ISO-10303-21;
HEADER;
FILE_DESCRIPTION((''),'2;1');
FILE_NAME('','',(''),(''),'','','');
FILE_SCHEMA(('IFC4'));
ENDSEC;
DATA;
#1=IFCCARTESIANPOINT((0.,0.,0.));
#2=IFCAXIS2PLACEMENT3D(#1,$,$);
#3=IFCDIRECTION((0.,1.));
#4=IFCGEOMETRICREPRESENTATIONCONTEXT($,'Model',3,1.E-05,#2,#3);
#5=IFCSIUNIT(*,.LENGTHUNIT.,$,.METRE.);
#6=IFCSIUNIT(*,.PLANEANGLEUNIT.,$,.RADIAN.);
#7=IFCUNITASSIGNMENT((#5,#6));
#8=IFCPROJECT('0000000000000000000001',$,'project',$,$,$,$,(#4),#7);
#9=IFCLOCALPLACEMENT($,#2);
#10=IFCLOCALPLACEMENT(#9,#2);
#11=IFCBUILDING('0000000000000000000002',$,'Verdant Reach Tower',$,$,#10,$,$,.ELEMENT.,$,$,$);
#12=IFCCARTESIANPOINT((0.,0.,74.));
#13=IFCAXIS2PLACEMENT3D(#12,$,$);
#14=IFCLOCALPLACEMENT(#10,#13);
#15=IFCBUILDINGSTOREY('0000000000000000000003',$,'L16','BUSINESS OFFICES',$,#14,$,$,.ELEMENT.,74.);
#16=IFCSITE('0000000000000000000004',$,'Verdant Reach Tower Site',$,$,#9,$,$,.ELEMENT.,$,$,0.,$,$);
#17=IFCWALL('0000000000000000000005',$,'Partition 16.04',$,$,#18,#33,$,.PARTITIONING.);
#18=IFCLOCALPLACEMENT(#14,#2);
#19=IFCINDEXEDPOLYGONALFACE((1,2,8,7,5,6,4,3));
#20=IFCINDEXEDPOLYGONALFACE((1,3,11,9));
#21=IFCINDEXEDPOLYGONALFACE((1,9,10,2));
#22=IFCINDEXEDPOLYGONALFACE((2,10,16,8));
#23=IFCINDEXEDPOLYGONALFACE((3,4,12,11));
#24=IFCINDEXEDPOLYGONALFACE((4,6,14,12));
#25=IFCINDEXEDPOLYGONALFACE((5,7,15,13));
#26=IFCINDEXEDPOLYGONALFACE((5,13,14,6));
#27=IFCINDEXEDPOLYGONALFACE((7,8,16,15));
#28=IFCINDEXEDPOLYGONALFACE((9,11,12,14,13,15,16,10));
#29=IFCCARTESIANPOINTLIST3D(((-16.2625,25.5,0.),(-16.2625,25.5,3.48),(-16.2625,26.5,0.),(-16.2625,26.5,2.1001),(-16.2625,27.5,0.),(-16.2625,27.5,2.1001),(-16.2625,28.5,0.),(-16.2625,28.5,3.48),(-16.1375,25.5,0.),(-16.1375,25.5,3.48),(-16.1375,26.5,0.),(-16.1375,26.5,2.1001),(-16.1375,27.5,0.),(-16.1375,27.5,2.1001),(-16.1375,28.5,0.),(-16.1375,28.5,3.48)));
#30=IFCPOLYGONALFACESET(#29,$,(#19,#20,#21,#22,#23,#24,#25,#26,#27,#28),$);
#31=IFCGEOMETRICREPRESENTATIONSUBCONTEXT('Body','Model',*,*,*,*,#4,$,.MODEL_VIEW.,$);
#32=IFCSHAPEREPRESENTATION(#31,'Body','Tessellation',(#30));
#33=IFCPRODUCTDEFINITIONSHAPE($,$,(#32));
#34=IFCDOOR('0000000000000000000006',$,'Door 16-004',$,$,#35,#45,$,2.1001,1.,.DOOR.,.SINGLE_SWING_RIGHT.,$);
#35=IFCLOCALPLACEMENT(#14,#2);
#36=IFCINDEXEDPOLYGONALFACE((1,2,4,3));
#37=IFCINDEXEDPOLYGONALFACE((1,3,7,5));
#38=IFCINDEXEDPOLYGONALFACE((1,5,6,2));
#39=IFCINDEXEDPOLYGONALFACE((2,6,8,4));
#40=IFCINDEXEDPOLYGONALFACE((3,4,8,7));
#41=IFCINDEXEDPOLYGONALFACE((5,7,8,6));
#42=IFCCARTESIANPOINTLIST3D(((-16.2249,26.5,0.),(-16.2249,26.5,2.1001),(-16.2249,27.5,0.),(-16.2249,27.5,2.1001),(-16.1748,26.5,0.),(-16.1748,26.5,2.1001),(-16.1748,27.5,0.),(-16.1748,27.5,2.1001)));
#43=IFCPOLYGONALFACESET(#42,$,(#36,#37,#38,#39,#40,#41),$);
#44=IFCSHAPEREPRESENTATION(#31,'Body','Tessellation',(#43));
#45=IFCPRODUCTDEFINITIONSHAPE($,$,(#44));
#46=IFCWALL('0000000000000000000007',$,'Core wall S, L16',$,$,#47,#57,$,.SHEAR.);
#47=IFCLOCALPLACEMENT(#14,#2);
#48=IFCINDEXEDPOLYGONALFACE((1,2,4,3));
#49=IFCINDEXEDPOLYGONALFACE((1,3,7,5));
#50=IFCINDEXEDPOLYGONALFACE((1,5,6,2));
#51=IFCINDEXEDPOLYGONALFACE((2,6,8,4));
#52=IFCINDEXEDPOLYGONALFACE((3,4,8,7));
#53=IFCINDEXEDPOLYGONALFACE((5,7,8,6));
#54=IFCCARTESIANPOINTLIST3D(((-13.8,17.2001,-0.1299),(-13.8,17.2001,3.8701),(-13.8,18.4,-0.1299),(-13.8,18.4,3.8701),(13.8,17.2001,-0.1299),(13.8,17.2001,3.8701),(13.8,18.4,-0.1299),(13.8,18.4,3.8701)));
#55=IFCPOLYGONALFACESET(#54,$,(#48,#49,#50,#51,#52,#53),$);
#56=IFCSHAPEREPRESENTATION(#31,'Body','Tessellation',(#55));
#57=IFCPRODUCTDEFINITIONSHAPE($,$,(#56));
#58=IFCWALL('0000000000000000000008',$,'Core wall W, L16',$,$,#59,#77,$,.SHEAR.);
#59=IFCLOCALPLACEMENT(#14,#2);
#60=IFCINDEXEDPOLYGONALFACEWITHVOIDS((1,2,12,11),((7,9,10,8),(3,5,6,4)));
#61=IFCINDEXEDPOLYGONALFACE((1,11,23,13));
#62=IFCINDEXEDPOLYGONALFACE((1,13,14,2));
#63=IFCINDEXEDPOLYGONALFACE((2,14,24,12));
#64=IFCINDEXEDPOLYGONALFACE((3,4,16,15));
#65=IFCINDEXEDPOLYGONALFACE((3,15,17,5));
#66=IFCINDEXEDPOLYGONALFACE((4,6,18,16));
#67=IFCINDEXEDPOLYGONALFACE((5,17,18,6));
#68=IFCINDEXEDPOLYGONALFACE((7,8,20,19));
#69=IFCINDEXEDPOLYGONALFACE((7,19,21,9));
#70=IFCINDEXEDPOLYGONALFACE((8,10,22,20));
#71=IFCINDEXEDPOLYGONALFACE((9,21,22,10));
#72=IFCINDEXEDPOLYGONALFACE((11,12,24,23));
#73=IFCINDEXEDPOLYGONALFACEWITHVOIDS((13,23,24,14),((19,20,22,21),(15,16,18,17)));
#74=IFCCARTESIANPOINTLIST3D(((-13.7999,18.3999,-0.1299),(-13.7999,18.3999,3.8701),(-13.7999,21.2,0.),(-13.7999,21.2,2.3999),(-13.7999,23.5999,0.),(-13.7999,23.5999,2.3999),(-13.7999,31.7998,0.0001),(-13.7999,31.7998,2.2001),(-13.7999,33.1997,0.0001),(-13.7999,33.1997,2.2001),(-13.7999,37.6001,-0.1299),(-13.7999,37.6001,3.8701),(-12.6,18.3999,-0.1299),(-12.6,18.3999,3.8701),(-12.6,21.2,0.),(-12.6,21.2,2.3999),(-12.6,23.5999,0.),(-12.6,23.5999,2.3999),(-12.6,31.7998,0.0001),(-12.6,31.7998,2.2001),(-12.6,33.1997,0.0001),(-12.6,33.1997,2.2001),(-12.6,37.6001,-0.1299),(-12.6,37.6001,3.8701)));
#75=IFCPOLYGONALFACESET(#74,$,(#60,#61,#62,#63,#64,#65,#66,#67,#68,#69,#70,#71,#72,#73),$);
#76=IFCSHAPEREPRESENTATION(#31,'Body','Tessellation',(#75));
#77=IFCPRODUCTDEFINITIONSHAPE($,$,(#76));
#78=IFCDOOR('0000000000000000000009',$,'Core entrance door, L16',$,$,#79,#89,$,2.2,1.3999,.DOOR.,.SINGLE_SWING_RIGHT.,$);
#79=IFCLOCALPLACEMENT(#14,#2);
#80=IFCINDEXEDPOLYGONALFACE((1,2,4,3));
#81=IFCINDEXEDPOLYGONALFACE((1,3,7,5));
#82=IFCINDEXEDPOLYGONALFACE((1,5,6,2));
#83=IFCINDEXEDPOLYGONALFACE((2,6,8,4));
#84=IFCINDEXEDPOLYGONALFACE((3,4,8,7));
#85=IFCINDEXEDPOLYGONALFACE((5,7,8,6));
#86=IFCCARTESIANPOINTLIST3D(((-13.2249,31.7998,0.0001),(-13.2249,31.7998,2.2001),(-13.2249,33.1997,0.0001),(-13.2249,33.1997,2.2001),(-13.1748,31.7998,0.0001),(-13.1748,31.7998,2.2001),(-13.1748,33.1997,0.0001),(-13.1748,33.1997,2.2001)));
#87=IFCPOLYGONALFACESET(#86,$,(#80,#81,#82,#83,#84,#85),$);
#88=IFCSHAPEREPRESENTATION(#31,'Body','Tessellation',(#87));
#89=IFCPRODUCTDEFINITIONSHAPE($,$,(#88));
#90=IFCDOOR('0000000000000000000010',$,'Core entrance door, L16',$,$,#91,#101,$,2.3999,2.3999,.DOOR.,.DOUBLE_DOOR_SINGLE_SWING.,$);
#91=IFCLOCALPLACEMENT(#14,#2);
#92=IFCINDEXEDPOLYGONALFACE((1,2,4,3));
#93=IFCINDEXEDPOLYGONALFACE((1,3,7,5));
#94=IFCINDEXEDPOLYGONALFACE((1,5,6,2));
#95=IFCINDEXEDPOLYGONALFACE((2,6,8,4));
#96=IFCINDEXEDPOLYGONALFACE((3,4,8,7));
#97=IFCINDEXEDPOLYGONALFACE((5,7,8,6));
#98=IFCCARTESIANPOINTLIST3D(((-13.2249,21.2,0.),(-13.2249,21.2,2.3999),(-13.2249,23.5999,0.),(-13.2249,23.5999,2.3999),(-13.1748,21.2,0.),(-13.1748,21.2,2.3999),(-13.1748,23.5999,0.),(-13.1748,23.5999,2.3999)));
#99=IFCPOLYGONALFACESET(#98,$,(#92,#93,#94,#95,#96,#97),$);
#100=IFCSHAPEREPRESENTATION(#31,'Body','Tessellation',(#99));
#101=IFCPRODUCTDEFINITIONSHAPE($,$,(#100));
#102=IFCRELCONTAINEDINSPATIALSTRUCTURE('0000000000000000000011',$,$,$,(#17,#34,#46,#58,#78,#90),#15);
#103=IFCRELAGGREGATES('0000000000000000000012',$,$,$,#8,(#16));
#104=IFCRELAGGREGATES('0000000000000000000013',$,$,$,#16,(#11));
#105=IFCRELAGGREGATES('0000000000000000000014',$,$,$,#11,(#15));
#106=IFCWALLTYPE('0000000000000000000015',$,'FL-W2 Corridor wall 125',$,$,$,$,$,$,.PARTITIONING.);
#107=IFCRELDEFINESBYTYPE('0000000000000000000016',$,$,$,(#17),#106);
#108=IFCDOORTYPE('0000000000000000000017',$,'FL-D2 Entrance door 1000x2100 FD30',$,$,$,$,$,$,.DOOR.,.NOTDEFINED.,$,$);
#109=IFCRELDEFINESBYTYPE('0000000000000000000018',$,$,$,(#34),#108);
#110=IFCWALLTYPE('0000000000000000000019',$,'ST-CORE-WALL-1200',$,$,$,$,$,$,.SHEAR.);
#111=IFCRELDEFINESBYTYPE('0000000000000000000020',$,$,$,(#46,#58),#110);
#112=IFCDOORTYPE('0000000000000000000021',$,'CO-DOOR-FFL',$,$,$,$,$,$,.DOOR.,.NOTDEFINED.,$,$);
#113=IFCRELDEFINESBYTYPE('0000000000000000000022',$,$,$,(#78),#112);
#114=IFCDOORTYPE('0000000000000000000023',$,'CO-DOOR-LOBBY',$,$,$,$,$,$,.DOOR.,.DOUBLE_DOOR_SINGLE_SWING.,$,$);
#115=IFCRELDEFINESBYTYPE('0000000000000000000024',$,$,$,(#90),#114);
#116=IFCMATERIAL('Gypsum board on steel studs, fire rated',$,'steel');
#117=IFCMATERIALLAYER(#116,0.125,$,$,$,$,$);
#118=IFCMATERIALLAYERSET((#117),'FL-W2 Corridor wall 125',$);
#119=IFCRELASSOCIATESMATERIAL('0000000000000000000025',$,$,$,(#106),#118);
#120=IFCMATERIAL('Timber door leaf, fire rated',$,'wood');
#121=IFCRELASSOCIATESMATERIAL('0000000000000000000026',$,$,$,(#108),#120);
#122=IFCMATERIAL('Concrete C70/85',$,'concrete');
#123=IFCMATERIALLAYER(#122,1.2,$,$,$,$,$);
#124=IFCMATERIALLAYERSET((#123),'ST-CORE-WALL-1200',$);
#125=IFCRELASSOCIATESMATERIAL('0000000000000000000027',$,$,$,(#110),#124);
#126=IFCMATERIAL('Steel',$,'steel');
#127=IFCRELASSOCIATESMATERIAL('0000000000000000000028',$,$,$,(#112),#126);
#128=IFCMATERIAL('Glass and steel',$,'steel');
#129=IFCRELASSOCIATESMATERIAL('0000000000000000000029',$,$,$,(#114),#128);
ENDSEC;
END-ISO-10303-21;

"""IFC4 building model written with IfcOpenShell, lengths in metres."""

from ifc_helpers import new_model, si_unit, direction, frame, frame_2d, origin, place, context, subcontext, project, spatial, rectangle, extrude, material, layer, layer_set, type_object, element, fill, save


model = new_model("IFC4")

# Units and contexts
model_context = context("Model", 3, precision=1e-05, world=origin(), true_north=direction((0.0, 1.0)))
body_context = subcontext(model_context, "Body", "Model", "MODEL_VIEW")
ifc_project = project(units=[si_unit("LENGTHUNIT", "METRE"), si_unit("PLANEANGLEUNIT", "RADIAN")], contexts=[model_context])

# Site, building, storey
site_placement = place(None, origin())
site = spatial("IfcSite", under=ifc_project, at=site_placement, Name="Verdant Reach Tower Site", CompositionType="ELEMENT", RefElevation=0.0)
building_placement = place(site_placement, origin())
building = spatial("IfcBuilding", under=site, at=building_placement, Name="Verdant Reach Tower", CompositionType="ELEMENT")
storey_placement = place(building_placement, frame((0.0, 0.0, 74.0)))
storey = spatial("IfcBuildingStorey", under=building, at=storey_placement, Name="L16", Description="BUSINESS OFFICES", CompositionType="ELEMENT", Elevation=74.0)

# Wall, opening, door
ifc_material_1 = material(Name="Gypsum board on steel studs, fire rated", Category="steel")
ifc_layer_1 = layer(ifc_material_1, 0.125)
ifc_layer_set_1 = layer_set([ifc_layer_1], Name="FL-W2 Corridor wall 125")
wall_type_1 = type_object("IfcWallType", Name="FL-W2 Corridor wall 125", PredefinedType="PARTITIONING", material=ifc_layer_set_1)
ifc_material_2 = material(Name="Timber door leaf, fire rated", Category="wood")
door_type_1 = type_object("IfcDoorType", Name="FL-D2 Entrance door 1000x2100 FD30", OperationType="NOTDEFINED", PredefinedType="DOOR", material=ifc_material_2)
wall_1_placement = place(storey_placement, frame((-16.2, 25.5, 0.0), z_axis=(0.0, 0.0, 1.0), x_axis=(0.0, 1.0, 0.0)))
wall_1 = element("IfcWall", 1, at=wall_1_placement, inside=storey, type_object=wall_type_1, Name="Partition 16.04", PredefinedType="PARTITIONING", context=body_context, shape_type="SweptSolid", body=[
    extrude(rectangle(XDim=3.0, YDim=0.125, at=frame_2d((1.5, 0.0))), origin(), (0.0, 0.0, 1.0), 3.48),
])
opening_1_placement = place(wall_1_placement, frame((1.0, 0.0, 0.0)))
opening_1 = element("IfcOpeningElement", 2, at=opening_1_placement, cuts=wall_1, PredefinedType="OPENING", context=body_context, shape_type="SweptSolid", body=[
    extrude(rectangle(XDim=1.0, YDim=2.1001, at=frame_2d((0.5, 1.05))), frame((0.0, 0.0725, 0.0), z_axis=(0.0, -1.0, 0.0), x_axis=(1.0, 0.0, 0.0)), (0.0, 0.0, 1.0), 0.145),
])
door_1_placement = place(opening_1_placement, origin())
door_1 = element("IfcDoor", 3, at=door_1_placement, inside=storey, type_object=door_type_1, Name="Door 16-004", OperationType="SINGLE_SWING_RIGHT", OverallHeight=2.1001, OverallWidth=1.0, PredefinedType="DOOR", context=body_context, shape_type="SweptSolid", body=[
    extrude(rectangle(XDim=1.0, YDim=2.1001, at=frame_2d((0.5, 1.05))), frame((0.0, 0.0249, 0.0), z_axis=(0.0, -1.0, 0.0), x_axis=(1.0, 0.0, 0.0)), (0.0, 0.0, 1.0), 0.05),
])
fill(opening_1, door_1)

# Wall
ifc_material_3 = material(Name="Concrete C70/85", Category="concrete")
ifc_layer_2 = layer(ifc_material_3, 1.2)
ifc_layer_set_2 = layer_set([ifc_layer_2], Name="ST-CORE-WALL-1200")
wall_type_2 = type_object("IfcWallType", Name="ST-CORE-WALL-1200", PredefinedType="SHEAR", material=ifc_layer_set_2)
wall_2_placement = place(storey_placement, frame((-13.8, 17.8, -0.1299), z_axis=(0.0, 0.0, 1.0), x_axis=(1.0, 0.0, 0.0)))
element("IfcWall", 4, at=wall_2_placement, inside=storey, type_object=wall_type_2, Name="Core wall S, L16", PredefinedType="SHEAR", context=body_context, shape_type="SweptSolid", body=[
    extrude(rectangle(XDim=27.6001, YDim=1.2, at=frame_2d((13.8, 0.0))), origin(), (0.0, 0.0, 1.0), 4.0),
])

# Wall, openings, doors
wall_3_placement = place(storey_placement, frame((-13.2, 18.3999, -0.1299), z_axis=(0.0, 0.0, 1.0), x_axis=(0.0, 1.0, 0.0)))
wall_3 = element("IfcWall", 5, at=wall_3_placement, inside=storey, type_object=wall_type_2, Name="Core wall W, L16", PredefinedType="SHEAR", context=body_context, shape_type="SweptSolid", body=[
    extrude(rectangle(XDim=19.2002, YDim=1.2, at=frame_2d((9.6001, 0.0))), origin(), (0.0, 0.0, 1.0), 4.0),
])
opening_2_placement = place(wall_3_placement, frame((2.8, 0.0, 0.1299)))
opening_2 = element("IfcOpeningElement", 6, at=opening_2_placement, cuts=wall_3, PredefinedType="OPENING", context=body_context, shape_type="SweptSolid", body=[
    extrude(rectangle(XDim=2.3999, YDim=2.3999, at=frame_2d((1.2, 1.2))), frame((0.0, 0.6099, 0.0), z_axis=(0.0, -1.0, 0.0), x_axis=(1.0, 0.0, 0.0)), (0.0, 0.0, 1.0), 1.22),
])
opening_3_placement = place(wall_3_placement, frame((13.3999, 0.0, 0.1299)))
opening_3 = element("IfcOpeningElement", 7, at=opening_3_placement, cuts=wall_3, PredefinedType="OPENING", context=body_context, shape_type="SweptSolid", body=[
    extrude(rectangle(XDim=1.3999, YDim=2.2, at=frame_2d((0.7, 1.1001))), frame((0.0, 0.6099, 0.0), z_axis=(0.0, -1.0, 0.0), x_axis=(1.0, 0.0, 0.0)), (0.0, 0.0, 1.0), 1.22),
])
ifc_material_4 = material(Name="Steel", Category="steel")
door_type_2 = type_object("IfcDoorType", Name="CO-DOOR-FFL", OperationType="NOTDEFINED", PredefinedType="DOOR", material=ifc_material_4)
door_2_placement = place(opening_3_placement, origin())
door_2 = element("IfcDoor", 8, at=door_2_placement, inside=storey, type_object=door_type_2, Name="Core entrance door, L16", OperationType="SINGLE_SWING_RIGHT", OverallHeight=2.2, OverallWidth=1.3999, PredefinedType="DOOR", context=body_context, shape_type="SweptSolid", body=[
    extrude(rectangle(XDim=1.3999, YDim=2.2, at=frame_2d((0.7, 1.1001))), frame((0.0, 0.0249, 0.0), z_axis=(0.0, -1.0, 0.0), x_axis=(1.0, 0.0, 0.0)), (0.0, 0.0, 1.0), 0.05),
])
fill(opening_3, door_2)
ifc_material_5 = material(Name="Glass and steel", Category="steel")
door_type_3 = type_object("IfcDoorType", Name="CO-DOOR-LOBBY", OperationType="DOUBLE_DOOR_SINGLE_SWING", PredefinedType="DOOR", material=ifc_material_5)
door_3_placement = place(opening_2_placement, origin())
door_3 = element("IfcDoor", 9, at=door_3_placement, inside=storey, type_object=door_type_3, Name="Core entrance door, L16", OperationType="DOUBLE_DOOR_SINGLE_SWING", OverallHeight=2.3999, OverallWidth=2.3999, PredefinedType="DOOR", context=body_context, shape_type="SweptSolid", body=[
    extrude(rectangle(XDim=2.3999, YDim=2.3999, at=frame_2d((1.2, 1.2))), frame((0.0, 0.0249, 0.0), z_axis=(0.0, -1.0, 0.0), x_axis=(1.0, 0.0, 0.0)), (0.0, 0.0, 1.0), 0.05),
])
fill(opening_2, door_3)

save(model, "model.ifc")
